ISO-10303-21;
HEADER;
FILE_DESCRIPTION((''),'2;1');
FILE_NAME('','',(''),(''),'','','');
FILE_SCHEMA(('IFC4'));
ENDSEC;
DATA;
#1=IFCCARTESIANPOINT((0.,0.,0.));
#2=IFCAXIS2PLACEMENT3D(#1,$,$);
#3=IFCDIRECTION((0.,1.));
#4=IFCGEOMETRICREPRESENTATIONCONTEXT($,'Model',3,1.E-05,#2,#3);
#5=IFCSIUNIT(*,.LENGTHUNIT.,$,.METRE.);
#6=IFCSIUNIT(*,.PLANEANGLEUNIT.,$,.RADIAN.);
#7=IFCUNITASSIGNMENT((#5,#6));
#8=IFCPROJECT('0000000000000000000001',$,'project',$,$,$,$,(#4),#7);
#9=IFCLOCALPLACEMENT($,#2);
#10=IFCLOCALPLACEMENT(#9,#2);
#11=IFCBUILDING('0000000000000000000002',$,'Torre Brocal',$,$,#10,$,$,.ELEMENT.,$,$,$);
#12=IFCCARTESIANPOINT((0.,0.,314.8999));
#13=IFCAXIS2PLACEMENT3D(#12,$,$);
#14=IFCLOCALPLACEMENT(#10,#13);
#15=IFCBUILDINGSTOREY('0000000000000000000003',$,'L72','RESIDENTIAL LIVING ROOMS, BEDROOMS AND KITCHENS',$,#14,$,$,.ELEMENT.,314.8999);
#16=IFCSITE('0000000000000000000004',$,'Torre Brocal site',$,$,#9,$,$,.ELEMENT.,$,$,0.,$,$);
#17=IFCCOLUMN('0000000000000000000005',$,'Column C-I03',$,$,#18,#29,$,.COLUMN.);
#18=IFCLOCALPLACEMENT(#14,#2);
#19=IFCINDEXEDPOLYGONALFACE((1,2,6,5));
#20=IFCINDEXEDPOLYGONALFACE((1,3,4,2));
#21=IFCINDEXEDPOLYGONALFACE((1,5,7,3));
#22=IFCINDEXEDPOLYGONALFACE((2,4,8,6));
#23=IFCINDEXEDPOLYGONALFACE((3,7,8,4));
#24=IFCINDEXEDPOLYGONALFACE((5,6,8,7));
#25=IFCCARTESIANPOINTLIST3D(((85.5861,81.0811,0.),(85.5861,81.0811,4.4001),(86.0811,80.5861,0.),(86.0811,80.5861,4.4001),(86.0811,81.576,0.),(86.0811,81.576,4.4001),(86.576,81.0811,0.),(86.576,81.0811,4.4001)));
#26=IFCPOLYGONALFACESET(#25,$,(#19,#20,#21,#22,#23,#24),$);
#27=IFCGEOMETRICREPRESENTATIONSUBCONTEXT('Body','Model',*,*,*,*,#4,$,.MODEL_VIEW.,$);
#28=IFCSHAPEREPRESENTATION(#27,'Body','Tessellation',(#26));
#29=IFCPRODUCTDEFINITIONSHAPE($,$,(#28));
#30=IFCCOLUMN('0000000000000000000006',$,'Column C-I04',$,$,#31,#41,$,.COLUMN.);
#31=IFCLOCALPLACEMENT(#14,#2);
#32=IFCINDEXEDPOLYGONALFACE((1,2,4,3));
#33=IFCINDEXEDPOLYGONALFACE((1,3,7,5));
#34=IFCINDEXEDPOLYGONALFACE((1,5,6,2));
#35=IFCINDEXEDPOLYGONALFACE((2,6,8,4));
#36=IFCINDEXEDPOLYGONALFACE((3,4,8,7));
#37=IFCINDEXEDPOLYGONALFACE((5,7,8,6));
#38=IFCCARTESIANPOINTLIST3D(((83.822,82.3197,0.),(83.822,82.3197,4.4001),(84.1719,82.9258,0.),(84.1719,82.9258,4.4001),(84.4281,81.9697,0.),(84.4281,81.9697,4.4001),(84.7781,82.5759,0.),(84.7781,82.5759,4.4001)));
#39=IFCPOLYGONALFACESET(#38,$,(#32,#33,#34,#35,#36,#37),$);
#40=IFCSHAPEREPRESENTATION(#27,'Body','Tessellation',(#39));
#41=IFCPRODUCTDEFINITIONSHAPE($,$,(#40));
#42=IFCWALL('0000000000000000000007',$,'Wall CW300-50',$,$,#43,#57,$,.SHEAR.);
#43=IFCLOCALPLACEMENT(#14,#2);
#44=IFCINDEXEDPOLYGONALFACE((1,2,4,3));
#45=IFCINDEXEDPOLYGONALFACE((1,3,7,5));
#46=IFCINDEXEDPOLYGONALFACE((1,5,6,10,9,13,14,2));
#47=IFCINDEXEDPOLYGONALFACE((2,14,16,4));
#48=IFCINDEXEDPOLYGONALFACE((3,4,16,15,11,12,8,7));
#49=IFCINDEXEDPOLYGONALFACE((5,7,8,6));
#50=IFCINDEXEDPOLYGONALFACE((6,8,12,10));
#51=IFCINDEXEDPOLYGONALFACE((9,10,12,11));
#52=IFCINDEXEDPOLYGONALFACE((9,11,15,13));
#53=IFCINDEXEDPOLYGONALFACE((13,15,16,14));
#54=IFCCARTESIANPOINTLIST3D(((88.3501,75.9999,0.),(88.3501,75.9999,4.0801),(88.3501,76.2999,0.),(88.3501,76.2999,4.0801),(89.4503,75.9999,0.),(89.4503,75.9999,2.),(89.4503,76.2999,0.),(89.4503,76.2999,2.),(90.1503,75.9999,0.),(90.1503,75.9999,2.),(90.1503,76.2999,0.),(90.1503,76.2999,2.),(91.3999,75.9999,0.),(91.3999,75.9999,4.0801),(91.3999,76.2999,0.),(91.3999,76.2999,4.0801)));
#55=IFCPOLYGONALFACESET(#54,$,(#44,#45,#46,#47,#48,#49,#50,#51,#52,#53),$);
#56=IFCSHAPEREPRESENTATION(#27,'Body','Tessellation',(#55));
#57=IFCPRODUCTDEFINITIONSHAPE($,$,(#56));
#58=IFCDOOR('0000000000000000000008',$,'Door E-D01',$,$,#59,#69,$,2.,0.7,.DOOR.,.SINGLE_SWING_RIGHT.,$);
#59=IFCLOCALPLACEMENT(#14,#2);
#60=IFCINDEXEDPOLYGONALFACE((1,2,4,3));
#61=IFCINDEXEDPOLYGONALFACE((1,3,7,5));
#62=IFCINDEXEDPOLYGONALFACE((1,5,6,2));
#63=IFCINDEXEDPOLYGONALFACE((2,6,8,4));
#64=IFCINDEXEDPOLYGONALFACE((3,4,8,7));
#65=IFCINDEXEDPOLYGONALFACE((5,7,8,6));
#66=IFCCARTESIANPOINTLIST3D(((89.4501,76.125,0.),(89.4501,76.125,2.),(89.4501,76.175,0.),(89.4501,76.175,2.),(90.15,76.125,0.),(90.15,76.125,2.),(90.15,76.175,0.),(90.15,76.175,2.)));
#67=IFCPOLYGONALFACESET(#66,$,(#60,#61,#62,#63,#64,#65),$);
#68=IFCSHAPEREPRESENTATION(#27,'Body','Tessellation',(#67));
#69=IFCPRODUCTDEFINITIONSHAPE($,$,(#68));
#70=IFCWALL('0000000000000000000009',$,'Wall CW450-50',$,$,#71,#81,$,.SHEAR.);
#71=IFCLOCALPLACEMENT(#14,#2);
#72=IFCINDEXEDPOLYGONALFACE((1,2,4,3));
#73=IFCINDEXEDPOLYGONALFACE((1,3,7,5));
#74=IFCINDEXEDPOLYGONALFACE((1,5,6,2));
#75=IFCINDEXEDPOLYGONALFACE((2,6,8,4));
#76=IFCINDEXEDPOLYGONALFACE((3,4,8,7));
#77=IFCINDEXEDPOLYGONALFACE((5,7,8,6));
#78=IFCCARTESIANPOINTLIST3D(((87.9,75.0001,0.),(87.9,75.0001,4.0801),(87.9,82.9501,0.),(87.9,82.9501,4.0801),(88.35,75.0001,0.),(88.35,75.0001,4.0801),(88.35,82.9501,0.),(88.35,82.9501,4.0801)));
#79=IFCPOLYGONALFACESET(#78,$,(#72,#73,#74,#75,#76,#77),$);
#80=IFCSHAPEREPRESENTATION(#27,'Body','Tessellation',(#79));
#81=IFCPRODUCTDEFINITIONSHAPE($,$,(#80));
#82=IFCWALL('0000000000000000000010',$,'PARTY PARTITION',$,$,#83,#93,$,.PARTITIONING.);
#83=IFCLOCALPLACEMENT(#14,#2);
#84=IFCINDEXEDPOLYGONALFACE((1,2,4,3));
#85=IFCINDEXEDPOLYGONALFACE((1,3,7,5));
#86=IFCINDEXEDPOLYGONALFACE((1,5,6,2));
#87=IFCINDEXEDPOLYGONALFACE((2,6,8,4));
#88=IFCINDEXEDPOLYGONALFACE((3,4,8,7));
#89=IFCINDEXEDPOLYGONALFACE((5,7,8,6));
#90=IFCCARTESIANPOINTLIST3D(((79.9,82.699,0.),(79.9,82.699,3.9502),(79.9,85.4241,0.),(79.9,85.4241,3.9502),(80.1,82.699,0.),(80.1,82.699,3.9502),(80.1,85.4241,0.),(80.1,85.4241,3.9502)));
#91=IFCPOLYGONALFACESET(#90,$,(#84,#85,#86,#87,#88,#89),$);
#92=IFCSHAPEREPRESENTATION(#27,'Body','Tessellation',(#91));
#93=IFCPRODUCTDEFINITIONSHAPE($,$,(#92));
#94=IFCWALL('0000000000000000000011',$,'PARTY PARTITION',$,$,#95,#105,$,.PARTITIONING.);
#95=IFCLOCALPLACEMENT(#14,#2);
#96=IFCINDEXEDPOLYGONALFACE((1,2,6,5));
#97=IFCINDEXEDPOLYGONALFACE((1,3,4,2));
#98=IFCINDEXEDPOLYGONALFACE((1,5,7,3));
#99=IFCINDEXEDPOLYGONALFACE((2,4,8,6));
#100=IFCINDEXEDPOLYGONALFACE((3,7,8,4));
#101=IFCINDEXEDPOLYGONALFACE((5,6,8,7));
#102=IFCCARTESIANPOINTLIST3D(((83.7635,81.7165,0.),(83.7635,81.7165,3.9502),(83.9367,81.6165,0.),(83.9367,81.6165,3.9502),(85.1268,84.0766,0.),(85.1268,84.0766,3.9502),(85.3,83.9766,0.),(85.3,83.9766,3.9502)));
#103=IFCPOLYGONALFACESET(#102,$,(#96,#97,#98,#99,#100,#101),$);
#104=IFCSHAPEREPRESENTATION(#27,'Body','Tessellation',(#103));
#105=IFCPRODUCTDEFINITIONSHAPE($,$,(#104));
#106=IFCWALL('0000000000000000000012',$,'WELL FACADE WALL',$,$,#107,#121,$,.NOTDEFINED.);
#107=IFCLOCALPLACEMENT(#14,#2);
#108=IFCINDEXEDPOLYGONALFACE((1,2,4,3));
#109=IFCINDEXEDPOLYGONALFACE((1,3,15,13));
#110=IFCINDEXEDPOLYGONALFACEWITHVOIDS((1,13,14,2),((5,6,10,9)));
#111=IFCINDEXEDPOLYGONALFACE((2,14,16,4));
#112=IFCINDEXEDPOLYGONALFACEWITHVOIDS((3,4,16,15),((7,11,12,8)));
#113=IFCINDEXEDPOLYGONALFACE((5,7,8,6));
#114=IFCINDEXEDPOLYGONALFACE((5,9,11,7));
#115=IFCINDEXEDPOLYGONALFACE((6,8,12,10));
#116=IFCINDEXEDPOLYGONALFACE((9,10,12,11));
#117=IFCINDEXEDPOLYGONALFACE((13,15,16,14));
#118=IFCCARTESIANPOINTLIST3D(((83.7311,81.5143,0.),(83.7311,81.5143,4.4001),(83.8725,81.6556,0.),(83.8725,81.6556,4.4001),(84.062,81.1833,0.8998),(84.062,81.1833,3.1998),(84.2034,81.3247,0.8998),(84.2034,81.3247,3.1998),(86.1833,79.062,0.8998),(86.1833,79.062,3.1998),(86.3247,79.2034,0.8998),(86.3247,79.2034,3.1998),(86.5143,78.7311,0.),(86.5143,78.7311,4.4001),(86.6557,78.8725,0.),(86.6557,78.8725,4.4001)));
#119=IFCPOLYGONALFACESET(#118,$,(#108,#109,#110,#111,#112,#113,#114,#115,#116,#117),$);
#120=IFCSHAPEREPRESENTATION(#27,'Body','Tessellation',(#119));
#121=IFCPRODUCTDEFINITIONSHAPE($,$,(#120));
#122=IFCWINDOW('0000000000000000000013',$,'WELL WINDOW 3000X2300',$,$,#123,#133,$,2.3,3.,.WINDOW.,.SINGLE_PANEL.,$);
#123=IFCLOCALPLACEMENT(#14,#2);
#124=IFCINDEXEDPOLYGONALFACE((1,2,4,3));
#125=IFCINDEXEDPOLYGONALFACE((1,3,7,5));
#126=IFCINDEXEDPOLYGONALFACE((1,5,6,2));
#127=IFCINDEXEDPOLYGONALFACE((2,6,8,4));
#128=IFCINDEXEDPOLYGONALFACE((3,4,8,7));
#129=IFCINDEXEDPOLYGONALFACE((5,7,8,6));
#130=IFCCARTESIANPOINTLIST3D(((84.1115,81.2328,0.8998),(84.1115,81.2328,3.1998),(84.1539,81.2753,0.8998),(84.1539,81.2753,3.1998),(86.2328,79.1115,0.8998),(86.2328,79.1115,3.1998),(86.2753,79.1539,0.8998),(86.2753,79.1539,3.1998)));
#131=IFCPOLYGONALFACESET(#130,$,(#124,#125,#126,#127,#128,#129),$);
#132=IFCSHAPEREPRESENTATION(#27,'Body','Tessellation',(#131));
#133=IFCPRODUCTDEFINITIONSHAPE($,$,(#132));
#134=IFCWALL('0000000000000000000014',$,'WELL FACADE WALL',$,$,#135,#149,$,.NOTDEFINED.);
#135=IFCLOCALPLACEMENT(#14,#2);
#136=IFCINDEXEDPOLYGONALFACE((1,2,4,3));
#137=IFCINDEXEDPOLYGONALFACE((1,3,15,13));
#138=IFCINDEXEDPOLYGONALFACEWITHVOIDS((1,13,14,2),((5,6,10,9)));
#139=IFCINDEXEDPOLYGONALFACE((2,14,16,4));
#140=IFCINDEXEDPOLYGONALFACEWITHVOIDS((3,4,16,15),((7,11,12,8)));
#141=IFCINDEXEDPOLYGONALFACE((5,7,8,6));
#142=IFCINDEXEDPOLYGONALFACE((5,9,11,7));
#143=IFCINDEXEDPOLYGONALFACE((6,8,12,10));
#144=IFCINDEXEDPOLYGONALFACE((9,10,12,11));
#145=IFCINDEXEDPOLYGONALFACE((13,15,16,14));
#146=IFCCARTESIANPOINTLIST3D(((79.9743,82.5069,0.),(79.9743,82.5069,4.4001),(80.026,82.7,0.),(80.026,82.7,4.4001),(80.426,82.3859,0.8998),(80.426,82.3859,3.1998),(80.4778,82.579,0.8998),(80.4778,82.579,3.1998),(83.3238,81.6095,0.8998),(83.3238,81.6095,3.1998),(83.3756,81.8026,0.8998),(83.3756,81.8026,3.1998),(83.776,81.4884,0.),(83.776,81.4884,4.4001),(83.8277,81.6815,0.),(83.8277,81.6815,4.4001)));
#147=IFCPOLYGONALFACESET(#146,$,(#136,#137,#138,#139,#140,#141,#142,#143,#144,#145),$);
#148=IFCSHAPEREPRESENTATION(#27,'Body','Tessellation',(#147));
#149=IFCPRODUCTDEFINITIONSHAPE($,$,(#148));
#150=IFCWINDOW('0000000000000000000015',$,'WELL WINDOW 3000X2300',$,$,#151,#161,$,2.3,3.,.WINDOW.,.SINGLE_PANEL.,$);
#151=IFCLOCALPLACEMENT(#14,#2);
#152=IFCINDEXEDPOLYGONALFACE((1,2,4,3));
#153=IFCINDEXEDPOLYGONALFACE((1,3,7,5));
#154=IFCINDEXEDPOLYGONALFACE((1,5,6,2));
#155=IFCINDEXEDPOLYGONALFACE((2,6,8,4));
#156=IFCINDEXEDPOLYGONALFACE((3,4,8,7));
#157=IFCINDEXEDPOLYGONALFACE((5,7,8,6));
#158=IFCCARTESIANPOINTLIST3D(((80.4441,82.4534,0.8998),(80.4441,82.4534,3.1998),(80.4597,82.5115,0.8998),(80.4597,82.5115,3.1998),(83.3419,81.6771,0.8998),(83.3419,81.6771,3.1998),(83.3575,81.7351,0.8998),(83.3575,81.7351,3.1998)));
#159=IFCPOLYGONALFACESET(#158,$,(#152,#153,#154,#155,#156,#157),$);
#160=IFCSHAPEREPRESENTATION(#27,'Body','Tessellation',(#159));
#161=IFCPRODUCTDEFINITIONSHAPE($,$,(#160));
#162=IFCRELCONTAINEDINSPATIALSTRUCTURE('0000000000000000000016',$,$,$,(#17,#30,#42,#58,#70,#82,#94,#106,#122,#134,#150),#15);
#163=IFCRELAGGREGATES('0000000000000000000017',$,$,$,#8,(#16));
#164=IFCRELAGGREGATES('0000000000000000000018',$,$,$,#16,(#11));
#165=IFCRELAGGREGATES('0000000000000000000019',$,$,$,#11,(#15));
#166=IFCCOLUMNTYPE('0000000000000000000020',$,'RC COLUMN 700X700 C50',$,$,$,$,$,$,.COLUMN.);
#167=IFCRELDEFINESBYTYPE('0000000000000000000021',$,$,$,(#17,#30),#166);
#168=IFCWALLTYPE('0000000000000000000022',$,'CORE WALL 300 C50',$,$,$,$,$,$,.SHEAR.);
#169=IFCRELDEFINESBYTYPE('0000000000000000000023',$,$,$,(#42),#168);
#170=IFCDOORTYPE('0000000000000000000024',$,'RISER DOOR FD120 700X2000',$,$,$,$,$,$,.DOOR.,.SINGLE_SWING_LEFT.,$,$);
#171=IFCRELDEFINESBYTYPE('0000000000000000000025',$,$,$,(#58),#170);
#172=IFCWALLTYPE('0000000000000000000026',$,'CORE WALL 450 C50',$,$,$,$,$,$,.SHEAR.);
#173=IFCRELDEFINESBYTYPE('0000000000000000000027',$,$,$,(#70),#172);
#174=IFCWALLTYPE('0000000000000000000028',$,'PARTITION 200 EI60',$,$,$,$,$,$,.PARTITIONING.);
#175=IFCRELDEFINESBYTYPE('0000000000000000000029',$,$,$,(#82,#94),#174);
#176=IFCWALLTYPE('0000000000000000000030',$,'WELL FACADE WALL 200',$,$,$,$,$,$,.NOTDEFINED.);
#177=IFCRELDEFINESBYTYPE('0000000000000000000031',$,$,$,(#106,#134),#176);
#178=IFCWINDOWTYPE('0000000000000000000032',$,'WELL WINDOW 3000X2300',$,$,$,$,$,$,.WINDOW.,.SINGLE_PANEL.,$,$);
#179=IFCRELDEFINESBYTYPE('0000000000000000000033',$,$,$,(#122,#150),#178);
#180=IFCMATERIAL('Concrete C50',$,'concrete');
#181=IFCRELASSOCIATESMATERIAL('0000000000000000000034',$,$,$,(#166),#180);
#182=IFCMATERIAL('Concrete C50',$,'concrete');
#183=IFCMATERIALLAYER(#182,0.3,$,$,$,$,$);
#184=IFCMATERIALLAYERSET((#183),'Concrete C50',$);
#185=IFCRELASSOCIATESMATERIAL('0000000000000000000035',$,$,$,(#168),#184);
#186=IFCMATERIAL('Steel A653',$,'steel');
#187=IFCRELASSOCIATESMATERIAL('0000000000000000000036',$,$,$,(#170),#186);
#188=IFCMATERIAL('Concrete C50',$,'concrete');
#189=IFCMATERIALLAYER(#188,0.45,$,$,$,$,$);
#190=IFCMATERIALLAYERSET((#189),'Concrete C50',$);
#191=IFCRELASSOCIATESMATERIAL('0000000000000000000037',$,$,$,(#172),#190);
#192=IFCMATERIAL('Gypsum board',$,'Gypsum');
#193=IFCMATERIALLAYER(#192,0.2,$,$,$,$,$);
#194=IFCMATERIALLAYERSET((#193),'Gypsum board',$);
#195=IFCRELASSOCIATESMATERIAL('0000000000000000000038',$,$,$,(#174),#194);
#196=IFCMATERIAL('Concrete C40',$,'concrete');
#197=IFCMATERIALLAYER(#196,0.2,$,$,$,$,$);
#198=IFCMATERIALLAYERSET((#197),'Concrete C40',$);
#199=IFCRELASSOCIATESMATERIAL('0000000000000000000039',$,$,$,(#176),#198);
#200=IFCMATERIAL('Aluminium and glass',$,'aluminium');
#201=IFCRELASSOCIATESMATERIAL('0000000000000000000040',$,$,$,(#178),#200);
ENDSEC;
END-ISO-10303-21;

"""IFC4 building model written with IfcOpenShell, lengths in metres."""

from ifc_helpers import new_model, si_unit, direction, frame, frame_2d, origin, origin_2d, place, context, subcontext, project, spatial, rectangle, extrude, material, layer, layer_set, material_profile, profile_set, type_object, element, fill, save


model = new_model("IFC4")

# Units and contexts
model_context = context("Model", 3, precision=1e-05, world=origin(), true_north=direction((0.0, 1.0)))
body_context = subcontext(model_context, "Body", "Model", "MODEL_VIEW")
ifc_project = project(units=[si_unit("LENGTHUNIT", "METRE"), si_unit("PLANEANGLEUNIT", "RADIAN")], contexts=[model_context])

# Site, building, storey
site_placement = place(None, origin())
site = spatial("IfcSite", under=ifc_project, at=site_placement, Name="Torre Brocal site", CompositionType="ELEMENT", RefElevation=0.0)
building_placement = place(site_placement, origin())
building = spatial("IfcBuilding", under=site, at=building_placement, Name="Torre Brocal", CompositionType="ELEMENT")
storey_placement = place(building_placement, frame((0.0, 0.0, 314.8999)))
storey = spatial("IfcBuildingStorey", under=building, at=storey_placement, Name="L72", Description="RESIDENTIAL LIVING ROOMS, BEDROOMS AND KITCHENS", CompositionType="ELEMENT", Elevation=314.8999)

# Columns
ifc_material_1 = material(Name="Concrete C50", Category="concrete")
ifc_material_profile = material_profile(ifc_material_1, rectangle(XDim=0.7, YDim=0.7, at=origin_2d()), Name="RC 700X700")
ifc_profile_set = profile_set([ifc_material_profile], Name="Concrete C50")
column_type = type_object("IfcColumnType", Name="RC COLUMN 700X700 C50", PredefinedType="COLUMN", material=ifc_profile_set)
for number, where, z_axis, x_axis, name in (
    (1, (86.0811, 81.0811, 0.0), (0.0, 0.0, 1.0), (0.707107, 0.707107, 0.0), "Column C-I03"),
    (2, (84.3, 82.4478, 0.0), (0.0, 0.0, 1.0), (0.5, 0.866025, 0.0), "Column C-I04"),
):
    element("IfcColumn", number, at=place(storey_placement, frame(where, z_axis=z_axis, x_axis=x_axis)), inside=storey, type_object=column_type, Name=name, PredefinedType="COLUMN", context=body_context, shape_type="SweptSolid", body=[
        extrude(rectangle(XDim=0.7, YDim=0.7, at=origin_2d()), origin(), (0.0, 0.0, 1.0), 4.4001),
    ])

# Wall, opening, door
ifc_material_2 = material(Name="Concrete C50", Category="concrete")
ifc_layer_1 = layer(ifc_material_2, 0.3)
ifc_layer_set_1 = layer_set([ifc_layer_1], Name="Concrete C50")
wall_type_1 = type_object("IfcWallType", Name="CORE WALL 300 C50", PredefinedType="SHEAR", material=ifc_layer_set_1)
wall_1_placement = place(storey_placement, frame((88.3501, 76.1499, 0.0), z_axis=(0.0, 0.0, 1.0), x_axis=(1.0, 0.0, 0.0)))
wall_1 = element("IfcWall", 3, at=wall_1_placement, inside=storey, type_object=wall_type_1, Name="Wall CW300-50", PredefinedType="SHEAR", context=body_context, shape_type="SweptSolid", body=[
    extrude(rectangle(XDim=3.0498, YDim=0.3, at=frame_2d((1.5249, 0.0))), origin(), (0.0, 0.0, 1.0), 4.0801),
])
opening_1_placement = place(wall_1_placement, frame((1.1001, 0.0, 0.0)))
opening_1 = element("IfcOpeningElement", 4, at=opening_1_placement, cuts=wall_1, PredefinedType="OPENING", context=body_context, shape_type="SweptSolid", body=[
    extrude(rectangle(XDim=0.7, YDim=2.0, at=frame_2d((0.3501, 1.0))), frame((0.0, 0.1599, 0.0), z_axis=(0.0, -1.0, 0.0), x_axis=(1.0, 0.0, 0.0)), (0.0, 0.0, 1.0), 0.3201),
])
ifc_material_3 = material(Name="Steel A653", Category="steel")
door_type = type_object("IfcDoorType", Name="RISER DOOR FD120 700X2000", OperationType="SINGLE_SWING_LEFT", PredefinedType="DOOR", material=ifc_material_3)
door_placement = place(opening_1_placement, frame((0.7, 0.0, 0.0), z_axis=(0.0, 0.0, 1.0), x_axis=(-1.0, 0.0, 0.0)))
door = element("IfcDoor", 5, at=door_placement, inside=storey, type_object=door_type, Name="Door E-D01", OperationType="SINGLE_SWING_RIGHT", OverallHeight=2.0, OverallWidth=0.7, PredefinedType="DOOR", context=body_context, shape_type="SweptSolid", body=[
    extrude(rectangle(XDim=0.7, YDim=2.0, at=frame_2d((0.3501, 1.0))), frame((0.0, 0.0249, 0.0), z_axis=(0.0, -1.0, 0.0), x_axis=(1.0, 0.0, 0.0)), (0.0, 0.0, 1.0), 0.05),
])
fill(opening_1, door)

# Walls
ifc_material_4 = material(Name="Concrete C50", Category="concrete")
ifc_layer_2 = layer(ifc_material_4, 0.45)
ifc_layer_set_2 = layer_set([ifc_layer_2], Name="Concrete C50")
wall_type_2 = type_object("IfcWallType", Name="CORE WALL 450 C50", PredefinedType="SHEAR", material=ifc_layer_set_2)
wall_2_placement = place(storey_placement, frame((88.125, 75.0, 0.0), z_axis=(0.0, 0.0, 1.0), x_axis=(0.0, 1.0, 0.0)))
element("IfcWall", 6, at=wall_2_placement, inside=storey, type_object=wall_type_2, Name="Wall CW450-50", PredefinedType="SHEAR", context=body_context, shape_type="SweptSolid", body=[
    extrude(rectangle(XDim=7.95, YDim=0.45, at=frame_2d((3.9751, 0.0))), origin(), (0.0, 0.0, 1.0), 4.0801),
])
ifc_material_5 = material(Name="Gypsum board", Category="Gypsum")
ifc_layer_3 = layer(ifc_material_5, 0.2)
ifc_layer_set_3 = layer_set([ifc_layer_3], Name="Gypsum board")
wall_type_3 = type_object("IfcWallType", Name="PARTITION 200 EI60", PredefinedType="PARTITIONING", material=ifc_layer_set_3)
wall_3_placement = place(storey_placement, frame((80.0, 82.699, 0.0), z_axis=(0.0, 0.0, 1.0), x_axis=(0.0, 1.0, 0.0)))
element("IfcWall", 7, at=wall_3_placement, inside=storey, type_object=wall_type_3, Name="PARTY PARTITION", PredefinedType="PARTITIONING", context=body_context, shape_type="SweptSolid", body=[
    extrude(rectangle(XDim=2.7251, YDim=0.2, at=frame_2d((1.3625, 0.0))), origin(), (0.0, 0.0, 1.0), 3.9502),
])
wall_4_placement = place(storey_placement, frame((83.8501, 81.6665, 0.0), z_axis=(0.0, 0.0, 1.0), x_axis=(0.500185, 0.865919, 0.0)))
element("IfcWall", 8, at=wall_4_placement, inside=storey, type_object=wall_type_3, Name="PARTY PARTITION", PredefinedType="PARTITIONING", context=body_context, shape_type="SweptSolid", body=[
    extrude(rectangle(XDim=2.7256, YDim=0.2, at=frame_2d((1.3628, 0.0))), origin(), (0.0, 0.0, 1.0), 3.9502),
])

# Walls, openings, windows
ifc_material_6 = material(Name="Concrete C40", Category="concrete")
ifc_layer_4 = layer(ifc_material_6, 0.2)
ifc_layer_set_4 = layer_set([ifc_layer_4], Name="Concrete C40")
wall_type_4 = type_object("IfcWallType", Name="WELL FACADE WALL 200", PredefinedType="NOTDEFINED", material=ifc_layer_set_4)
wall_5_placement = place(storey_placement, frame((86.585, 78.8018, 0.0), z_axis=(0.0, 0.0, 1.0), x_axis=(-0.707107, 0.707107, 0.0)))
wall_5 = element("IfcWall", 9, at=wall_5_placement, inside=storey, type_object=wall_type_4, Name="WELL FACADE WALL", PredefinedType="NOTDEFINED", context=body_context, shape_type="SweptSolid", body=[
    extrude(rectangle(XDim=3.936, YDim=0.2, at=frame_2d((1.968, 0.0))), origin(), (0.0, 0.0, 1.0), 4.4001),
])
opening_2_placement = place(wall_5_placement, frame((0.468, 0.0, 0.8999)))
opening_2 = element("IfcOpeningElement", 10, at=opening_2_placement, cuts=wall_5, PredefinedType="OPENING", context=body_context, shape_type="SweptSolid", body=[
    extrude(rectangle(XDim=3.0, YDim=2.3, at=frame_2d((1.5, 1.1499))), frame((0.0, 0.1099, 0.0), z_axis=(0.0, -1.0, 0.0), x_axis=(1.0, 0.0, 0.0)), (0.0, 0.0, 1.0), 0.22),
])
ifc_material_7 = material(Name="Aluminium and glass", Category="aluminium")
window_type = type_object("IfcWindowType", Name="WELL WINDOW 3000X2300", PartitioningType="SINGLE_PANEL", PredefinedType="WINDOW", material=ifc_material_7)
window_1_placement = place(opening_2_placement, origin())
window_1 = element("IfcWindow", 11, at=window_1_placement, inside=storey, type_object=window_type, Name="WELL WINDOW 3000X2300", OverallHeight=2.3, OverallWidth=3.0, PartitioningType="SINGLE_PANEL", PredefinedType="WINDOW", context=body_context, shape_type="SweptSolid", body=[
    extrude(rectangle(XDim=3.0, YDim=2.3, at=frame_2d((1.5, 1.1499))), frame((0.0, 0.03, 0.0), z_axis=(0.0, -1.0, 0.0), x_axis=(1.0, 0.0, 0.0)), (0.0, 0.0, 1.0), 0.0601),
])
fill(opening_2, window_1)
wall_6_placement = place(storey_placement, frame((83.8018, 81.585, 0.0), z_axis=(0.0, 0.0, 1.0), x_axis=(-0.965934, 0.25879, 0.0)))
wall_6 = element("IfcWall", 12, at=wall_6_placement, inside=storey, type_object=wall_type_4, Name="WELL FACADE WALL", PredefinedType="NOTDEFINED", context=body_context, shape_type="SweptSolid", body=[
    extrude(rectangle(XDim=3.9358, YDim=0.2, at=frame_2d((1.9678, 0.0))), origin(), (0.0, 0.0, 1.0), 4.4001),
])
opening_3_placement = place(wall_6_placement, frame((0.468, 0.0, 0.8999)))
opening_3 = element("IfcOpeningElement", 13, at=opening_3_placement, cuts=wall_6, PredefinedType="OPENING", context=body_context, shape_type="SweptSolid", body=[
    extrude(rectangle(XDim=3.0, YDim=2.3, at=frame_2d((1.5, 1.1499))), frame((0.0, 0.1099, 0.0), z_axis=(0.0, -1.0, 0.0), x_axis=(1.0, 0.0, 0.0)), (0.0, 0.0, 1.0), 0.22),
])
window_2_placement = place(opening_3_placement, origin())
window_2 = element("IfcWindow", 14, at=window_2_placement, inside=storey, type_object=window_type, Name="WELL WINDOW 3000X2300", OverallHeight=2.3, OverallWidth=3.0, PartitioningType="SINGLE_PANEL", PredefinedType="WINDOW", context=body_context, shape_type="SweptSolid", body=[
    extrude(rectangle(XDim=3.0, YDim=2.3, at=frame_2d((1.5, 1.1499))), frame((0.0, 0.03, 0.0), z_axis=(0.0, -1.0, 0.0), x_axis=(1.0, 0.0, 0.0)), (0.0, 0.0, 1.0), 0.0601),
])
fill(opening_3, window_2)

save(model, "model.ifc")
